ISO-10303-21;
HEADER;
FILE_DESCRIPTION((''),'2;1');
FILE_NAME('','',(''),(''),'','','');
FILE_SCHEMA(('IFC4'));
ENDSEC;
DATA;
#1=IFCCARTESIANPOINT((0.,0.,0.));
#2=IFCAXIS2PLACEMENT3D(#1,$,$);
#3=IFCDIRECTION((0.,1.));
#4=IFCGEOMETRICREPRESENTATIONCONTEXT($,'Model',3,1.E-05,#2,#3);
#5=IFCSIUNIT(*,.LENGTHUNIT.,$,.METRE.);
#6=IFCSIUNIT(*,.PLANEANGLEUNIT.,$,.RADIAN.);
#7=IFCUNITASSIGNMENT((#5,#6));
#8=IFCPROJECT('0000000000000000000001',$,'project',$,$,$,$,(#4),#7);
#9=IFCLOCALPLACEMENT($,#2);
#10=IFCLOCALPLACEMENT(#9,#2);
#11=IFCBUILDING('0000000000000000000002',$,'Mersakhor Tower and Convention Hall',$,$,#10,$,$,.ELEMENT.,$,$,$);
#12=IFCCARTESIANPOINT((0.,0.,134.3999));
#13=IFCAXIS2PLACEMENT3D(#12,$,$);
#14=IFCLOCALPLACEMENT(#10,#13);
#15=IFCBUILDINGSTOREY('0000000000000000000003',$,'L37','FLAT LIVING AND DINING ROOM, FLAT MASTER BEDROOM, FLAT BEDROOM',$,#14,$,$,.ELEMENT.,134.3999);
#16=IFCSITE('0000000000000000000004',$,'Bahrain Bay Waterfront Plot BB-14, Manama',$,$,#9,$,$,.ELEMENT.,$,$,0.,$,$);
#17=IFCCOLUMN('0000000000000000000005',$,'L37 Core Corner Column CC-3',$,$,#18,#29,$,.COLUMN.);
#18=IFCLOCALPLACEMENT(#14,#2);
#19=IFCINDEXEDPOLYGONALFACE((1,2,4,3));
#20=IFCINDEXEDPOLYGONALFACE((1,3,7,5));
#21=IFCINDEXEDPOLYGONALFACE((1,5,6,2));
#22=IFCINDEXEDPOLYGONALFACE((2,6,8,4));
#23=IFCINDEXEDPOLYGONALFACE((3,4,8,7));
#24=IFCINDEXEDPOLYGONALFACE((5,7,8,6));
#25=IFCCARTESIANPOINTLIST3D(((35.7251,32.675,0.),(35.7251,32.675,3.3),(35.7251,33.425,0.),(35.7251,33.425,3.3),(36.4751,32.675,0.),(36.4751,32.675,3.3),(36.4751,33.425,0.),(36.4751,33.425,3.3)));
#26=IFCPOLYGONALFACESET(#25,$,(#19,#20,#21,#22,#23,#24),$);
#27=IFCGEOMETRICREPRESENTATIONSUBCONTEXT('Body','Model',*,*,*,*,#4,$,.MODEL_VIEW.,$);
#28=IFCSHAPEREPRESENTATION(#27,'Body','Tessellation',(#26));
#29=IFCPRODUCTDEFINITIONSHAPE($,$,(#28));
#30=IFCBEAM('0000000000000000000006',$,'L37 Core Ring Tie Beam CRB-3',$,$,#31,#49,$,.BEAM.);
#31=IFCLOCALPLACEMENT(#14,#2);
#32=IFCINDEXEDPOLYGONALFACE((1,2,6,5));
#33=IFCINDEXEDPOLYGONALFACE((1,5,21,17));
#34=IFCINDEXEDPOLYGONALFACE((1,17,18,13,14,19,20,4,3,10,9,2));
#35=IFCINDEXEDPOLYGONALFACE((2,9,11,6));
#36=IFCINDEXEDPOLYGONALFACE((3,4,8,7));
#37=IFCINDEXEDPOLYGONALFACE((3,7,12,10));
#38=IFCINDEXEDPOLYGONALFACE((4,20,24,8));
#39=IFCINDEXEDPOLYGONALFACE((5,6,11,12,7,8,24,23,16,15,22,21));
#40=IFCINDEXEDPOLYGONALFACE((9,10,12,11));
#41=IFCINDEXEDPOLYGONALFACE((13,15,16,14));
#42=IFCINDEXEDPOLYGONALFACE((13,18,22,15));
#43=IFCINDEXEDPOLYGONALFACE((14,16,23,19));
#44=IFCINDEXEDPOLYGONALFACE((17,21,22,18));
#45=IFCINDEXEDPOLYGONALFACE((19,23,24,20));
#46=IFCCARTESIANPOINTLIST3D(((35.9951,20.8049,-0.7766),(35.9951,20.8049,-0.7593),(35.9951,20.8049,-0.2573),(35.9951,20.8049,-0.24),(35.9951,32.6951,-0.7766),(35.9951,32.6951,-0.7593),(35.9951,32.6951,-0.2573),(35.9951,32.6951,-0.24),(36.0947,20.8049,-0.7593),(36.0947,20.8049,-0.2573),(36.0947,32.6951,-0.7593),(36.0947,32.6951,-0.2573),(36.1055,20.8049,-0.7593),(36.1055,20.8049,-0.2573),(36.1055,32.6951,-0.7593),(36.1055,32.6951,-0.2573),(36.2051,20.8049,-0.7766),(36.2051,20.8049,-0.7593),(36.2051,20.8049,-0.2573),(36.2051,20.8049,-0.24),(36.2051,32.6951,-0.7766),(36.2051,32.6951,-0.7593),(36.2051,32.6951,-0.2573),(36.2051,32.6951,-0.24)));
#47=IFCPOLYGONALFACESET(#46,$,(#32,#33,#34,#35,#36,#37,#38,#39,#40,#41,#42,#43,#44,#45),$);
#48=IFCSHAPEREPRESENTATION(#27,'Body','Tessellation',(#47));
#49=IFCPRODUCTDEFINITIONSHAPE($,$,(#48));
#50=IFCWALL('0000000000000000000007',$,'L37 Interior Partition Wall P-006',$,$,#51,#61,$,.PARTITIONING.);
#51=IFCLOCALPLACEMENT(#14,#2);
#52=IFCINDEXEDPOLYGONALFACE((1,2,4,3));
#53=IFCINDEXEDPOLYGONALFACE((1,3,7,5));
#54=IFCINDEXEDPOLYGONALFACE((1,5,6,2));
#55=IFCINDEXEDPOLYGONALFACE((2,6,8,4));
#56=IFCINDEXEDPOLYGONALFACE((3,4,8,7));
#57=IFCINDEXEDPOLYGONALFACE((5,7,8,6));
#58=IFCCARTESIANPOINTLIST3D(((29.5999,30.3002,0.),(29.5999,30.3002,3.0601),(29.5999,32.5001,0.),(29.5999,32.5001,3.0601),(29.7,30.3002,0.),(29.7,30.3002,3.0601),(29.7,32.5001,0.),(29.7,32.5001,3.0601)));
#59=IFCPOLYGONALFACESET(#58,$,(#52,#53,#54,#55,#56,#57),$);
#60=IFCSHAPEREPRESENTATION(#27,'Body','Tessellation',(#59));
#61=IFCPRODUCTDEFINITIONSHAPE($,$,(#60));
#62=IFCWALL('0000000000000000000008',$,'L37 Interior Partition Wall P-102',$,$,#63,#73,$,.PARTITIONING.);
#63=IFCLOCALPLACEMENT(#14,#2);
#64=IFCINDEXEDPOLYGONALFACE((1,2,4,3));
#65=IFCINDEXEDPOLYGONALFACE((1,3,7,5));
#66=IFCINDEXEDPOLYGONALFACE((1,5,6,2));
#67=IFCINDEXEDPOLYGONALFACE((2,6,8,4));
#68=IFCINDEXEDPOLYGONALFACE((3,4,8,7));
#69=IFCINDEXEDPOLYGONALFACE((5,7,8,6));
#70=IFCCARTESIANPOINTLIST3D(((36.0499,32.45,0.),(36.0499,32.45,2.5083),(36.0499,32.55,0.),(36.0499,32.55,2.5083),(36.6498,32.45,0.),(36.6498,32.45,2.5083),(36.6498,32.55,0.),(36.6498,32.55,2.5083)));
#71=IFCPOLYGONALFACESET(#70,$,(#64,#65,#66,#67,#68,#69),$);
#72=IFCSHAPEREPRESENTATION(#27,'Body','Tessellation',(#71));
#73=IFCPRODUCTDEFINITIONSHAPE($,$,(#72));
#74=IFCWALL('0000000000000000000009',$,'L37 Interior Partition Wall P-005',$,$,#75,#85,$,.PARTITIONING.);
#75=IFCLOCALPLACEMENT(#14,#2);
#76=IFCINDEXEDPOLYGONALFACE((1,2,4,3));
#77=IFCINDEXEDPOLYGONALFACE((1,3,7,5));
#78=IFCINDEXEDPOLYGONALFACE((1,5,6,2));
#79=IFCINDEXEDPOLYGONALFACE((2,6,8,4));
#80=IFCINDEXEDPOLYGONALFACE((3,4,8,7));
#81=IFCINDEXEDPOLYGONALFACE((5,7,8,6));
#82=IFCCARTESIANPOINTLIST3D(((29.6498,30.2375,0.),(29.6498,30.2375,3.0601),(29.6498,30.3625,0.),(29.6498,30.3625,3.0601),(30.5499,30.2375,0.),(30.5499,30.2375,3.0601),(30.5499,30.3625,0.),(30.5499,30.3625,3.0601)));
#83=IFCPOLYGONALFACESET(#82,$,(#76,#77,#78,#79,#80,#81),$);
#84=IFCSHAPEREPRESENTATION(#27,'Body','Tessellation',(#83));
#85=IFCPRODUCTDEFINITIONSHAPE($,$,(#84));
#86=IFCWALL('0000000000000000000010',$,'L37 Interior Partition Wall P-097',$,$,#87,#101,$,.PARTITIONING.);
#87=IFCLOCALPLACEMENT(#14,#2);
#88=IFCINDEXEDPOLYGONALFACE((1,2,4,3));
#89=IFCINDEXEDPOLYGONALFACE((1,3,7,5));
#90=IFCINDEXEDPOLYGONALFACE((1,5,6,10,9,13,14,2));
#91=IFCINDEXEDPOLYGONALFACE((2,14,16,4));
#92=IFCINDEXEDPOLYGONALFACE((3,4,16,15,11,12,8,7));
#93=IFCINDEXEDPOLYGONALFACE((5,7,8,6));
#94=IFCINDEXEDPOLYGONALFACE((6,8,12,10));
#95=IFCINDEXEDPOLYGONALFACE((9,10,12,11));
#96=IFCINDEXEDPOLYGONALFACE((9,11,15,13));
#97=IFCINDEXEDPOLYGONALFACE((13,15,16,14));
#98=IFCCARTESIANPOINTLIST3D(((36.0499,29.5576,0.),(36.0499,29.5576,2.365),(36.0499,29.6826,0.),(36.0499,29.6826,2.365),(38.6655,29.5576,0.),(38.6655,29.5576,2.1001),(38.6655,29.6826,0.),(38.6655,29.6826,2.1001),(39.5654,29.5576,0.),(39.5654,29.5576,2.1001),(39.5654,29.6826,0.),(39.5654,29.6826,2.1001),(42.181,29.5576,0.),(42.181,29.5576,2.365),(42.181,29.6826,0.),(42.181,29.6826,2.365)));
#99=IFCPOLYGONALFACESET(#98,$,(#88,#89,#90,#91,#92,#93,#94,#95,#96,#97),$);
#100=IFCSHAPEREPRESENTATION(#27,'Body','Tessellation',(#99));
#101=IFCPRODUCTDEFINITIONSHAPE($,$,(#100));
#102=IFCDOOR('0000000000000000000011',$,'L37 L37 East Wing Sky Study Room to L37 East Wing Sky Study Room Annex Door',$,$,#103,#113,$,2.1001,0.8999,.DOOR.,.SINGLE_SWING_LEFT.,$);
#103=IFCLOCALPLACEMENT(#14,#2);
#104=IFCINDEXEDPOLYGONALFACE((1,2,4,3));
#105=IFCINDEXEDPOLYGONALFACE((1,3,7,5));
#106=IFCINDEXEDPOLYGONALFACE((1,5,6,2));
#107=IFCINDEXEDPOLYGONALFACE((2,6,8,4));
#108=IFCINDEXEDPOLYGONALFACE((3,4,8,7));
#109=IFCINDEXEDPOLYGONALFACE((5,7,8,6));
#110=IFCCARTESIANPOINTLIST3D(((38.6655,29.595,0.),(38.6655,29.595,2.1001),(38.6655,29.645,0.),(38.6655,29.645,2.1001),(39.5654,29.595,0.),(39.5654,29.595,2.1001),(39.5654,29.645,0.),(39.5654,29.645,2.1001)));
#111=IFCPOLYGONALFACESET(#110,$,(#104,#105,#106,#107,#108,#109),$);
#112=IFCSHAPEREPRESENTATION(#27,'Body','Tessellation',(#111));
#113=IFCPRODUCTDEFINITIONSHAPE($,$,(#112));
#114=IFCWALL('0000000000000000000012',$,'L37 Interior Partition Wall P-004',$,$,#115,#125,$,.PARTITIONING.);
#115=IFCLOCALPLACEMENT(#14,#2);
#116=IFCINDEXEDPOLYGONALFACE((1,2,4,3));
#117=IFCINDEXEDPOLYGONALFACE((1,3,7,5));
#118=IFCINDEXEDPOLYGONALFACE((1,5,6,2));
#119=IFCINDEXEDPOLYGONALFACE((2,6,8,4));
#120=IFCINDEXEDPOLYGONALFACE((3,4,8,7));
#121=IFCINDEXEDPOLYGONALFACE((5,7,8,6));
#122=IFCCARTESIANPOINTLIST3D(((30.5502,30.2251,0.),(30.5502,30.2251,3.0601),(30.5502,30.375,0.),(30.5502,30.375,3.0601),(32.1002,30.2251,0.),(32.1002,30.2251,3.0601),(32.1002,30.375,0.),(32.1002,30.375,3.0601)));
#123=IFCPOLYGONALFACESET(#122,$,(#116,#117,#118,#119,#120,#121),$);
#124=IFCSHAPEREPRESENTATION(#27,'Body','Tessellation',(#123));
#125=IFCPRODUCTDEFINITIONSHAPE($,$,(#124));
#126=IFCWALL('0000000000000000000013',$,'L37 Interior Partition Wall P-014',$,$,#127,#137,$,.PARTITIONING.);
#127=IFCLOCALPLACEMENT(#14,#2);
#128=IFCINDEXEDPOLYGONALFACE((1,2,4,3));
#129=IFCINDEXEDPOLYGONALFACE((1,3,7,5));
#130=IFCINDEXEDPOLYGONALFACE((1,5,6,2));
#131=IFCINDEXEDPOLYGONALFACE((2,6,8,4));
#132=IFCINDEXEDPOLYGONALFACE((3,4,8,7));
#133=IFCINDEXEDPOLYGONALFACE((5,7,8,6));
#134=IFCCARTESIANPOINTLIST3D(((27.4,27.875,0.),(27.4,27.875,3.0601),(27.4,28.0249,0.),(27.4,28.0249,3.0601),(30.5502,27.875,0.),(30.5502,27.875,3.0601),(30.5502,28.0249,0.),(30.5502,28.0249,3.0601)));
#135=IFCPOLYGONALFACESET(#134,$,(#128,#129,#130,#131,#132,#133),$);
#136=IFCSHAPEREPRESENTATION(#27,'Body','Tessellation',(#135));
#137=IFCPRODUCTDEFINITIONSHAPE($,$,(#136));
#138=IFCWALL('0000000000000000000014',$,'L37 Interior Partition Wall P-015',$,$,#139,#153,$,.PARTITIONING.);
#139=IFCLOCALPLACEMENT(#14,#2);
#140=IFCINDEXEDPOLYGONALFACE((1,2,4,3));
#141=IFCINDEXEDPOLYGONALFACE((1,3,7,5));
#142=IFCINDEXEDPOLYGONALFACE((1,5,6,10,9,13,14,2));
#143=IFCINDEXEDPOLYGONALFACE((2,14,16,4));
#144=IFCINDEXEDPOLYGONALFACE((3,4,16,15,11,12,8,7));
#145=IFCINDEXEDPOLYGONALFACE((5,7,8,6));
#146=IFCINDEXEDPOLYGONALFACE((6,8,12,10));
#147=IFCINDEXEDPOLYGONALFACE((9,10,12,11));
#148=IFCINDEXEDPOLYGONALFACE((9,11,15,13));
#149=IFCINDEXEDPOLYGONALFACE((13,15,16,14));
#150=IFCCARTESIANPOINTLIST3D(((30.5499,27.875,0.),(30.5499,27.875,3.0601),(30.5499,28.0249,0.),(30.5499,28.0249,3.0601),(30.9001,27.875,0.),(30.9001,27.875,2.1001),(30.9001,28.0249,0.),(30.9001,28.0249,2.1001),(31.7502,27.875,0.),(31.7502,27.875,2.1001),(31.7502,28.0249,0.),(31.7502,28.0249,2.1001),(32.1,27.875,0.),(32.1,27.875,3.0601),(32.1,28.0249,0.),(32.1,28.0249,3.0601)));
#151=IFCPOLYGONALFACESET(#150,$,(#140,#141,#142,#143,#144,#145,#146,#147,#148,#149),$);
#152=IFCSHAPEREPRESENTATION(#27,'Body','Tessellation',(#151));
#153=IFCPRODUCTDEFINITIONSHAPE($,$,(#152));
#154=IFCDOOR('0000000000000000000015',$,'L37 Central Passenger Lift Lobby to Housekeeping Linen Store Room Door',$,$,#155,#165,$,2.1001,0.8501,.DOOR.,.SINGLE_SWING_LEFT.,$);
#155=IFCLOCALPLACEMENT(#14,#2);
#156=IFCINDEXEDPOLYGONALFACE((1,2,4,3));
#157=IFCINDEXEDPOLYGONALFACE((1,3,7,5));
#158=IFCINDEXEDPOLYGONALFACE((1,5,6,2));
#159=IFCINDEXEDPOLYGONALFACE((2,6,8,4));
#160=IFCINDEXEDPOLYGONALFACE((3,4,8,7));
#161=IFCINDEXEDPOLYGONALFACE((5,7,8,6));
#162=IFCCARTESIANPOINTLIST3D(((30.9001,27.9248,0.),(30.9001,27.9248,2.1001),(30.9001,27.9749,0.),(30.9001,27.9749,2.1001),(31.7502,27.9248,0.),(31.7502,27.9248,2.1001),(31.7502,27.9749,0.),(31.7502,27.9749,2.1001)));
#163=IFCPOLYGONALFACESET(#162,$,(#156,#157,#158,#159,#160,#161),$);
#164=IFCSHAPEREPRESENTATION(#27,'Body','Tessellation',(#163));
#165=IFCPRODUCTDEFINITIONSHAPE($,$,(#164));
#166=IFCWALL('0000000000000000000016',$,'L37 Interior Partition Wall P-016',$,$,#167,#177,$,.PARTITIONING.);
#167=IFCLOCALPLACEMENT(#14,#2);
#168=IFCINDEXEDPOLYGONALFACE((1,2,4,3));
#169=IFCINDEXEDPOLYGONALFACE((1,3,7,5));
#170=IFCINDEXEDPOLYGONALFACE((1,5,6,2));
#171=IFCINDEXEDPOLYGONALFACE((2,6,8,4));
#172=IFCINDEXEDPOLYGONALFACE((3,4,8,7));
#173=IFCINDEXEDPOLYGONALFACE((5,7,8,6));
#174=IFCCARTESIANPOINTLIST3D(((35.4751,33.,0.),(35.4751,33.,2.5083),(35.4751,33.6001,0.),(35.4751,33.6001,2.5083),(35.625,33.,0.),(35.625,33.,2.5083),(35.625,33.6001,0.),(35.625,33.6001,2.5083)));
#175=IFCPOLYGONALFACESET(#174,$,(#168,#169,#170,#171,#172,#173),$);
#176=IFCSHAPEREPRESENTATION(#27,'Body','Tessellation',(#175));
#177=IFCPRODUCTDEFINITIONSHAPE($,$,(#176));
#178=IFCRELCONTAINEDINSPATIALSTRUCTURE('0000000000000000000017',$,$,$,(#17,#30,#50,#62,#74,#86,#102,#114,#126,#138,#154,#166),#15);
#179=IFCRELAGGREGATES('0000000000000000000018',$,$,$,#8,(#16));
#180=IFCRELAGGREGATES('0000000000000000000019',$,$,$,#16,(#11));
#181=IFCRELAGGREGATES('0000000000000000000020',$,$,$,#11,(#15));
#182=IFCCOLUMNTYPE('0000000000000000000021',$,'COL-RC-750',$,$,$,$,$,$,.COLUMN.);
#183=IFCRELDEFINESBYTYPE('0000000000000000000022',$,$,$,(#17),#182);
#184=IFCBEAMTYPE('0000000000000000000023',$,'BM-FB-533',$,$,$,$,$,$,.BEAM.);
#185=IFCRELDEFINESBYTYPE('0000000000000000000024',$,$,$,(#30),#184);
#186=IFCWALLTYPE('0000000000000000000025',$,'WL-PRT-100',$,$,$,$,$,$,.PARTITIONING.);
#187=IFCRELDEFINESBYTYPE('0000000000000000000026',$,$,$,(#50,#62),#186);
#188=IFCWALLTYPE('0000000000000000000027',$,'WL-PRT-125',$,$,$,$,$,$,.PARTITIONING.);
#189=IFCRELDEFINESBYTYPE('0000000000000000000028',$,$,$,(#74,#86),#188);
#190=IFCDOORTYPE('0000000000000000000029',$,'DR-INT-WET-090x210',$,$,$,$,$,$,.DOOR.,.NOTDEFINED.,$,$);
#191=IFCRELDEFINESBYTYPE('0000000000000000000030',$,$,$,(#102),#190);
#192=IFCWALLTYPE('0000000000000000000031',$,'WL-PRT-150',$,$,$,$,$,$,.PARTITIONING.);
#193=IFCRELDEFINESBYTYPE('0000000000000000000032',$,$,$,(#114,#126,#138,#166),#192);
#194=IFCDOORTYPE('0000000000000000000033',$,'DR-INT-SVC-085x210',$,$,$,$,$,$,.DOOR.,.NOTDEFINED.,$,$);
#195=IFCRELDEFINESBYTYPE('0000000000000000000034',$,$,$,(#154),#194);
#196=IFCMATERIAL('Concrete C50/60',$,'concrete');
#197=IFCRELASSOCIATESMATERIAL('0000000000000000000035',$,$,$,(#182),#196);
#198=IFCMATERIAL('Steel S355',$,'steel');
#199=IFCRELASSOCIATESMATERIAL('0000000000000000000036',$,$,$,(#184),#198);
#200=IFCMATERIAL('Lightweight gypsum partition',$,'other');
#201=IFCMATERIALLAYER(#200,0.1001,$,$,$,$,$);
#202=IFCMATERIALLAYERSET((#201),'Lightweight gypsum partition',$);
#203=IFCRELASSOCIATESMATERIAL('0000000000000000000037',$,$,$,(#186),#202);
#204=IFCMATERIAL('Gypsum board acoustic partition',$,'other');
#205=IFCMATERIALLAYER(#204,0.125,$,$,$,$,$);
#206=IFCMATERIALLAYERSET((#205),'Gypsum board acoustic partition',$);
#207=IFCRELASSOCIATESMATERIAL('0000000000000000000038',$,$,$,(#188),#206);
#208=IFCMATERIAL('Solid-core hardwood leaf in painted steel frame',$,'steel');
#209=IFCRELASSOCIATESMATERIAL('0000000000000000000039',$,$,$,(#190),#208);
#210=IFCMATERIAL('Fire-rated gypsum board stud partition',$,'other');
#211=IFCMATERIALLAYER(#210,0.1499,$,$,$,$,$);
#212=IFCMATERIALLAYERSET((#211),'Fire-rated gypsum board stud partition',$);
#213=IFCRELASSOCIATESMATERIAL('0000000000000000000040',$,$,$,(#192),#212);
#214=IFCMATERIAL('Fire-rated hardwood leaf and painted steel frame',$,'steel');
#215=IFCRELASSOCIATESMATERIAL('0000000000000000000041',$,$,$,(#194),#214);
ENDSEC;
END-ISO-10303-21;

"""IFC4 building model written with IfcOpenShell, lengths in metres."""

from ifc_helpers import new_model, si_unit, direction, frame, frame_2d, origin, origin_2d, place, context, subcontext, project, spatial, rectangle, i_section, extrude, material, layer, layer_set, material_profile, profile_set, type_object, element, fill, save


model = new_model("IFC4")

# Units and contexts
model_context = context("Model", 3, precision=1e-05, world=origin(), true_north=direction((0.0, 1.0)))
body_context = subcontext(model_context, "Body", "Model", "MODEL_VIEW")
ifc_project = project(units=[si_unit("LENGTHUNIT", "METRE"), si_unit("PLANEANGLEUNIT", "RADIAN")], contexts=[model_context])

# Site, building, storey
site_placement = place(None, origin())
site = spatial("IfcSite", under=ifc_project, at=site_placement, Name="Bahrain Bay Waterfront Plot BB-14, Manama", CompositionType="ELEMENT", RefElevation=0.0)
building_placement = place(site_placement, origin())
building = spatial("IfcBuilding", under=site, at=building_placement, Name="Mersakhor Tower and Convention Hall", CompositionType="ELEMENT")
storey_placement = place(building_placement, frame((0.0, 0.0, 134.3999)))
storey = spatial("IfcBuildingStorey", under=building, at=storey_placement, Name="L37", Description="FLAT LIVING AND DINING ROOM, FLAT MASTER BEDROOM, FLAT BEDROOM", CompositionType="ELEMENT", Elevation=134.3999)

# Column
ifc_material_1 = material(Name="Concrete C50/60", Category="concrete")
ifc_material_profile_1 = material_profile(ifc_material_1, rectangle(XDim=0.75, YDim=0.75, at=origin_2d()), Name="RC 750x750")
ifc_profile_set_1 = profile_set([ifc_material_profile_1], Name="Concrete C50/60")
column_type = type_object("IfcColumnType", Name="COL-RC-750", PredefinedType="COLUMN", material=ifc_profile_set_1)
column_placement = place(storey_placement, frame((36.1001, 33.05, 0.0), z_axis=(0.0, 0.0, 1.0), x_axis=(1.0, 0.0, 0.0)))
element("IfcColumn", 1, at=column_placement, inside=storey, type_object=column_type, Name="L37 Core Corner Column CC-3", PredefinedType="COLUMN", context=body_context, shape_type="SweptSolid", body=[
    extrude(rectangle(XDim=0.75, YDim=0.75, at=origin_2d()), origin(), (0.0, 0.0, 1.0), 3.3),
])

# Beam
ifc_material_2 = material(Name="Steel S355", Category="steel")
ifc_material_profile_2 = material_profile(ifc_material_2, i_section(OverallWidth=0.21, OverallDepth=0.5366, WebThickness=0.0107, FlangeThickness=0.0173, at=origin_2d()), Name="UB 533x210x101")
ifc_profile_set_2 = profile_set([ifc_material_profile_2], Name="Steel S355")
beam_type = type_object("IfcBeamType", Name="BM-FB-533", PredefinedType="BEAM", material=ifc_profile_set_2)
beam_placement = place(storey_placement, frame((36.1001, 32.6951, -0.5083), z_axis=(0.0, -1.0, 0.0), x_axis=(1.0, 0.0, 0.0)))
element("IfcBeam", 2, at=beam_placement, inside=storey, type_object=beam_type, Name="L37 Core Ring Tie Beam CRB-3", PredefinedType="BEAM", context=body_context, shape_type="SweptSolid", body=[
    extrude(i_section(OverallWidth=0.21, OverallDepth=0.5366, WebThickness=0.0107, FlangeThickness=0.0173, at=origin_2d()), origin(), (0.0, 0.0, 1.0), 11.8901),
])

# Walls
ifc_material_3 = material(Name="Lightweight gypsum partition", Category="other")
ifc_layer_1 = layer(ifc_material_3, 0.1001)
ifc_layer_set_1 = layer_set([ifc_layer_1], Name="Lightweight gypsum partition")
wall_type_1 = type_object("IfcWallType", Name="WL-PRT-100", PredefinedType="PARTITIONING", material=ifc_layer_set_1)
wall_1_placement = place(storey_placement, frame((29.6499, 30.3, 0.0), z_axis=(0.0, 0.0, 1.0), x_axis=(0.0, 1.0, 0.0)))
element("IfcWall", 3, at=wall_1_placement, inside=storey, type_object=wall_type_1, Name="L37 Interior Partition Wall P-006", PredefinedType="PARTITIONING", context=body_context, shape_type="SweptSolid", body=[
    extrude(rectangle(XDim=2.2, YDim=0.1001, at=frame_2d((1.1001, 0.0))), origin(), (0.0, 0.0, 1.0), 3.0601),
])
wall_2_placement = place(storey_placement, frame((36.05, 32.5, 0.0), z_axis=(0.0, 0.0, 1.0), x_axis=(1.0, 0.0, 0.0)))
element("IfcWall", 4, at=wall_2_placement, inside=storey, type_object=wall_type_1, Name="L37 Interior Partition Wall P-102", PredefinedType="PARTITIONING", context=body_context, shape_type="SweptSolid", body=[
    extrude(rectangle(XDim=0.5999, YDim=0.1001, at=frame_2d((0.2998, 0.0))), origin(), (0.0, 0.0, 1.0), 2.5083),
])
ifc_material_4 = material(Name="Gypsum board acoustic partition", Category="other")
ifc_layer_2 = layer(ifc_material_4, 0.125)
ifc_layer_set_2 = layer_set([ifc_layer_2], Name="Gypsum board acoustic partition")
wall_type_2 = type_object("IfcWallType", Name="WL-PRT-125", PredefinedType="PARTITIONING", material=ifc_layer_set_2)
wall_3_placement = place(storey_placement, frame((30.55, 30.3, 0.0), z_axis=(0.0, 0.0, 1.0), x_axis=(-1.0, 0.0, 0.0)))
element("IfcWall", 5, at=wall_3_placement, inside=storey, type_object=wall_type_2, Name="L37 Interior Partition Wall P-005", PredefinedType="PARTITIONING", context=body_context, shape_type="SweptSolid", body=[
    extrude(rectangle(XDim=0.9001, YDim=0.125, at=frame_2d((0.4502, 0.0))), origin(), (0.0, 0.0, 1.0), 3.0601),
])

# Wall, opening, door
wall_4_placement = place(storey_placement, frame((36.05, 29.6201, 0.0), z_axis=(0.0, 0.0, 1.0), x_axis=(1.0, 0.0, 0.0)))
wall_4 = element("IfcWall", 6, at=wall_4_placement, inside=storey, type_object=wall_type_2, Name="L37 Interior Partition Wall P-097", PredefinedType="PARTITIONING", context=body_context, shape_type="SweptSolid", body=[
    extrude(rectangle(XDim=6.1311, YDim=0.125, at=frame_2d((3.0654, 0.0))), origin(), (0.0, 0.0, 1.0), 2.365),
])
opening_1_placement = place(wall_4_placement, frame((2.6155, 0.0, 0.0)))
opening_1 = element("IfcOpeningElement", 7, at=opening_1_placement, cuts=wall_4, PredefinedType="OPENING", context=body_context, shape_type="SweptSolid", body=[
    extrude(rectangle(XDim=0.8999, YDim=2.1001, at=frame_2d((0.45, 1.05))), frame((0.0, 0.0725, 0.0), z_axis=(0.0, -1.0, 0.0), x_axis=(1.0, 0.0, 0.0)), (0.0, 0.0, 1.0), 0.145),
])
ifc_material_5 = material(Name="Solid-core hardwood leaf in painted steel frame", Category="steel")
door_type_1 = type_object("IfcDoorType", Name="DR-INT-WET-090x210", OperationType="NOTDEFINED", PredefinedType="DOOR", material=ifc_material_5)
door_1_placement = place(opening_1_placement, origin())
door_1 = element("IfcDoor", 8, at=door_1_placement, inside=storey, type_object=door_type_1, Name="L37 L37 East Wing Sky Study Room to L37 East Wing Sky Study Room Annex Door", OperationType="SINGLE_SWING_LEFT", OverallHeight=2.1001, OverallWidth=0.8999, PredefinedType="DOOR", context=body_context, shape_type="SweptSolid", body=[
    extrude(rectangle(XDim=0.8999, YDim=2.1001, at=frame_2d((0.45, 1.05))), frame((0.0, 0.0249, 0.0), z_axis=(0.0, -1.0, 0.0), x_axis=(1.0, 0.0, 0.0)), (0.0, 0.0, 1.0), 0.05),
])
fill(opening_1, door_1)

# Wall
ifc_material_6 = material(Name="Fire-rated gypsum board stud partition", Category="other")
ifc_layer_3 = layer(ifc_material_6, 0.1499)
ifc_layer_set_3 = layer_set([ifc_layer_3], Name="Fire-rated gypsum board stud partition")
wall_type_3 = type_object("IfcWallType", Name="WL-PRT-150", PredefinedType="PARTITIONING", material=ifc_layer_set_3)
wall_5_placement = place(storey_placement, frame((32.1001, 30.3, 0.0), z_axis=(0.0, 0.0, 1.0), x_axis=(-1.0, 0.0, 0.0)))
element("IfcWall", 9, at=wall_5_placement, inside=storey, type_object=wall_type_3, Name="L37 Interior Partition Wall P-004", PredefinedType="PARTITIONING", context=body_context, shape_type="SweptSolid", body=[
    extrude(rectangle(XDim=1.55, YDim=0.1499, at=frame_2d((0.7749, 0.0))), origin(), (0.0, 0.0, 1.0), 3.0601),
])

# Wall
wall_6_placement = place(storey_placement, frame((27.3999, 27.95, 0.0), z_axis=(0.0, 0.0, 1.0), x_axis=(1.0, 0.0, 0.0)))
element("IfcWall", 10, at=wall_6_placement, inside=storey, type_object=wall_type_3, Name="L37 Interior Partition Wall P-014", PredefinedType="PARTITIONING", context=body_context, shape_type="SweptSolid", body=[
    extrude(rectangle(XDim=3.1501, YDim=0.1499, at=frame_2d((1.5752, 0.0))), origin(), (0.0, 0.0, 1.0), 3.0601),
])

# Wall, opening, door
wall_7_placement = place(storey_placement, frame((30.55, 27.95, 0.0), z_axis=(0.0, 0.0, 1.0), x_axis=(1.0, 0.0, 0.0)))
wall_7 = element("IfcWall", 11, at=wall_7_placement, inside=storey, type_object=wall_type_3, Name="L37 Interior Partition Wall P-015", PredefinedType="PARTITIONING", context=body_context, shape_type="SweptSolid", body=[
    extrude(rectangle(XDim=1.55, YDim=0.1499, at=frame_2d((0.7749, 0.0))), origin(), (0.0, 0.0, 1.0), 3.0601),
])
opening_2_placement = place(wall_7_placement, frame((0.3501, 0.0, 0.0)))
opening_2 = element("IfcOpeningElement", 12, at=opening_2_placement, cuts=wall_7, PredefinedType="OPENING", context=body_context, shape_type="SweptSolid", body=[
    extrude(rectangle(XDim=0.8501, YDim=2.1001, at=frame_2d((0.425, 1.05))), frame((0.0, 0.085, 0.0), z_axis=(0.0, -1.0, 0.0), x_axis=(1.0, 0.0, 0.0)), (0.0, 0.0, 1.0), 0.1699),
])
ifc_material_7 = material(Name="Fire-rated hardwood leaf and painted steel frame", Category="steel")
door_type_2 = type_object("IfcDoorType", Name="DR-INT-SVC-085x210", OperationType="NOTDEFINED", PredefinedType="DOOR", material=ifc_material_7)
door_2_placement = place(opening_2_placement, origin())
door_2 = element("IfcDoor", 13, at=door_2_placement, inside=storey, type_object=door_type_2, Name="L37 Central Passenger Lift Lobby to Housekeeping Linen Store Room Door", OperationType="SINGLE_SWING_LEFT", OverallHeight=2.1001, OverallWidth=0.8501, PredefinedType="DOOR", context=body_context, shape_type="SweptSolid", body=[
    extrude(rectangle(XDim=0.8501, YDim=2.1001, at=frame_2d((0.425, 1.05))), frame((0.0, 0.0249, 0.0), z_axis=(0.0, -1.0, 0.0), x_axis=(1.0, 0.0, 0.0)), (0.0, 0.0, 1.0), 0.05),
])
fill(opening_2, door_2)

# Wall
wall_8_placement = place(storey_placement, frame((35.55, 33.6001, 0.0), z_axis=(0.0, 0.0, 1.0), x_axis=(0.0, -1.0, 0.0)))
element("IfcWall", 14, at=wall_8_placement, inside=storey, type_object=wall_type_3, Name="L37 Interior Partition Wall P-016", PredefinedType="PARTITIONING", context=body_context, shape_type="SweptSolid", body=[
    extrude(rectangle(XDim=0.6001, YDim=0.1499, at=frame_2d((0.3, 0.0))), origin(), (0.0, 0.0, 1.0), 2.5083),
])

save(model, "model.ifc")
